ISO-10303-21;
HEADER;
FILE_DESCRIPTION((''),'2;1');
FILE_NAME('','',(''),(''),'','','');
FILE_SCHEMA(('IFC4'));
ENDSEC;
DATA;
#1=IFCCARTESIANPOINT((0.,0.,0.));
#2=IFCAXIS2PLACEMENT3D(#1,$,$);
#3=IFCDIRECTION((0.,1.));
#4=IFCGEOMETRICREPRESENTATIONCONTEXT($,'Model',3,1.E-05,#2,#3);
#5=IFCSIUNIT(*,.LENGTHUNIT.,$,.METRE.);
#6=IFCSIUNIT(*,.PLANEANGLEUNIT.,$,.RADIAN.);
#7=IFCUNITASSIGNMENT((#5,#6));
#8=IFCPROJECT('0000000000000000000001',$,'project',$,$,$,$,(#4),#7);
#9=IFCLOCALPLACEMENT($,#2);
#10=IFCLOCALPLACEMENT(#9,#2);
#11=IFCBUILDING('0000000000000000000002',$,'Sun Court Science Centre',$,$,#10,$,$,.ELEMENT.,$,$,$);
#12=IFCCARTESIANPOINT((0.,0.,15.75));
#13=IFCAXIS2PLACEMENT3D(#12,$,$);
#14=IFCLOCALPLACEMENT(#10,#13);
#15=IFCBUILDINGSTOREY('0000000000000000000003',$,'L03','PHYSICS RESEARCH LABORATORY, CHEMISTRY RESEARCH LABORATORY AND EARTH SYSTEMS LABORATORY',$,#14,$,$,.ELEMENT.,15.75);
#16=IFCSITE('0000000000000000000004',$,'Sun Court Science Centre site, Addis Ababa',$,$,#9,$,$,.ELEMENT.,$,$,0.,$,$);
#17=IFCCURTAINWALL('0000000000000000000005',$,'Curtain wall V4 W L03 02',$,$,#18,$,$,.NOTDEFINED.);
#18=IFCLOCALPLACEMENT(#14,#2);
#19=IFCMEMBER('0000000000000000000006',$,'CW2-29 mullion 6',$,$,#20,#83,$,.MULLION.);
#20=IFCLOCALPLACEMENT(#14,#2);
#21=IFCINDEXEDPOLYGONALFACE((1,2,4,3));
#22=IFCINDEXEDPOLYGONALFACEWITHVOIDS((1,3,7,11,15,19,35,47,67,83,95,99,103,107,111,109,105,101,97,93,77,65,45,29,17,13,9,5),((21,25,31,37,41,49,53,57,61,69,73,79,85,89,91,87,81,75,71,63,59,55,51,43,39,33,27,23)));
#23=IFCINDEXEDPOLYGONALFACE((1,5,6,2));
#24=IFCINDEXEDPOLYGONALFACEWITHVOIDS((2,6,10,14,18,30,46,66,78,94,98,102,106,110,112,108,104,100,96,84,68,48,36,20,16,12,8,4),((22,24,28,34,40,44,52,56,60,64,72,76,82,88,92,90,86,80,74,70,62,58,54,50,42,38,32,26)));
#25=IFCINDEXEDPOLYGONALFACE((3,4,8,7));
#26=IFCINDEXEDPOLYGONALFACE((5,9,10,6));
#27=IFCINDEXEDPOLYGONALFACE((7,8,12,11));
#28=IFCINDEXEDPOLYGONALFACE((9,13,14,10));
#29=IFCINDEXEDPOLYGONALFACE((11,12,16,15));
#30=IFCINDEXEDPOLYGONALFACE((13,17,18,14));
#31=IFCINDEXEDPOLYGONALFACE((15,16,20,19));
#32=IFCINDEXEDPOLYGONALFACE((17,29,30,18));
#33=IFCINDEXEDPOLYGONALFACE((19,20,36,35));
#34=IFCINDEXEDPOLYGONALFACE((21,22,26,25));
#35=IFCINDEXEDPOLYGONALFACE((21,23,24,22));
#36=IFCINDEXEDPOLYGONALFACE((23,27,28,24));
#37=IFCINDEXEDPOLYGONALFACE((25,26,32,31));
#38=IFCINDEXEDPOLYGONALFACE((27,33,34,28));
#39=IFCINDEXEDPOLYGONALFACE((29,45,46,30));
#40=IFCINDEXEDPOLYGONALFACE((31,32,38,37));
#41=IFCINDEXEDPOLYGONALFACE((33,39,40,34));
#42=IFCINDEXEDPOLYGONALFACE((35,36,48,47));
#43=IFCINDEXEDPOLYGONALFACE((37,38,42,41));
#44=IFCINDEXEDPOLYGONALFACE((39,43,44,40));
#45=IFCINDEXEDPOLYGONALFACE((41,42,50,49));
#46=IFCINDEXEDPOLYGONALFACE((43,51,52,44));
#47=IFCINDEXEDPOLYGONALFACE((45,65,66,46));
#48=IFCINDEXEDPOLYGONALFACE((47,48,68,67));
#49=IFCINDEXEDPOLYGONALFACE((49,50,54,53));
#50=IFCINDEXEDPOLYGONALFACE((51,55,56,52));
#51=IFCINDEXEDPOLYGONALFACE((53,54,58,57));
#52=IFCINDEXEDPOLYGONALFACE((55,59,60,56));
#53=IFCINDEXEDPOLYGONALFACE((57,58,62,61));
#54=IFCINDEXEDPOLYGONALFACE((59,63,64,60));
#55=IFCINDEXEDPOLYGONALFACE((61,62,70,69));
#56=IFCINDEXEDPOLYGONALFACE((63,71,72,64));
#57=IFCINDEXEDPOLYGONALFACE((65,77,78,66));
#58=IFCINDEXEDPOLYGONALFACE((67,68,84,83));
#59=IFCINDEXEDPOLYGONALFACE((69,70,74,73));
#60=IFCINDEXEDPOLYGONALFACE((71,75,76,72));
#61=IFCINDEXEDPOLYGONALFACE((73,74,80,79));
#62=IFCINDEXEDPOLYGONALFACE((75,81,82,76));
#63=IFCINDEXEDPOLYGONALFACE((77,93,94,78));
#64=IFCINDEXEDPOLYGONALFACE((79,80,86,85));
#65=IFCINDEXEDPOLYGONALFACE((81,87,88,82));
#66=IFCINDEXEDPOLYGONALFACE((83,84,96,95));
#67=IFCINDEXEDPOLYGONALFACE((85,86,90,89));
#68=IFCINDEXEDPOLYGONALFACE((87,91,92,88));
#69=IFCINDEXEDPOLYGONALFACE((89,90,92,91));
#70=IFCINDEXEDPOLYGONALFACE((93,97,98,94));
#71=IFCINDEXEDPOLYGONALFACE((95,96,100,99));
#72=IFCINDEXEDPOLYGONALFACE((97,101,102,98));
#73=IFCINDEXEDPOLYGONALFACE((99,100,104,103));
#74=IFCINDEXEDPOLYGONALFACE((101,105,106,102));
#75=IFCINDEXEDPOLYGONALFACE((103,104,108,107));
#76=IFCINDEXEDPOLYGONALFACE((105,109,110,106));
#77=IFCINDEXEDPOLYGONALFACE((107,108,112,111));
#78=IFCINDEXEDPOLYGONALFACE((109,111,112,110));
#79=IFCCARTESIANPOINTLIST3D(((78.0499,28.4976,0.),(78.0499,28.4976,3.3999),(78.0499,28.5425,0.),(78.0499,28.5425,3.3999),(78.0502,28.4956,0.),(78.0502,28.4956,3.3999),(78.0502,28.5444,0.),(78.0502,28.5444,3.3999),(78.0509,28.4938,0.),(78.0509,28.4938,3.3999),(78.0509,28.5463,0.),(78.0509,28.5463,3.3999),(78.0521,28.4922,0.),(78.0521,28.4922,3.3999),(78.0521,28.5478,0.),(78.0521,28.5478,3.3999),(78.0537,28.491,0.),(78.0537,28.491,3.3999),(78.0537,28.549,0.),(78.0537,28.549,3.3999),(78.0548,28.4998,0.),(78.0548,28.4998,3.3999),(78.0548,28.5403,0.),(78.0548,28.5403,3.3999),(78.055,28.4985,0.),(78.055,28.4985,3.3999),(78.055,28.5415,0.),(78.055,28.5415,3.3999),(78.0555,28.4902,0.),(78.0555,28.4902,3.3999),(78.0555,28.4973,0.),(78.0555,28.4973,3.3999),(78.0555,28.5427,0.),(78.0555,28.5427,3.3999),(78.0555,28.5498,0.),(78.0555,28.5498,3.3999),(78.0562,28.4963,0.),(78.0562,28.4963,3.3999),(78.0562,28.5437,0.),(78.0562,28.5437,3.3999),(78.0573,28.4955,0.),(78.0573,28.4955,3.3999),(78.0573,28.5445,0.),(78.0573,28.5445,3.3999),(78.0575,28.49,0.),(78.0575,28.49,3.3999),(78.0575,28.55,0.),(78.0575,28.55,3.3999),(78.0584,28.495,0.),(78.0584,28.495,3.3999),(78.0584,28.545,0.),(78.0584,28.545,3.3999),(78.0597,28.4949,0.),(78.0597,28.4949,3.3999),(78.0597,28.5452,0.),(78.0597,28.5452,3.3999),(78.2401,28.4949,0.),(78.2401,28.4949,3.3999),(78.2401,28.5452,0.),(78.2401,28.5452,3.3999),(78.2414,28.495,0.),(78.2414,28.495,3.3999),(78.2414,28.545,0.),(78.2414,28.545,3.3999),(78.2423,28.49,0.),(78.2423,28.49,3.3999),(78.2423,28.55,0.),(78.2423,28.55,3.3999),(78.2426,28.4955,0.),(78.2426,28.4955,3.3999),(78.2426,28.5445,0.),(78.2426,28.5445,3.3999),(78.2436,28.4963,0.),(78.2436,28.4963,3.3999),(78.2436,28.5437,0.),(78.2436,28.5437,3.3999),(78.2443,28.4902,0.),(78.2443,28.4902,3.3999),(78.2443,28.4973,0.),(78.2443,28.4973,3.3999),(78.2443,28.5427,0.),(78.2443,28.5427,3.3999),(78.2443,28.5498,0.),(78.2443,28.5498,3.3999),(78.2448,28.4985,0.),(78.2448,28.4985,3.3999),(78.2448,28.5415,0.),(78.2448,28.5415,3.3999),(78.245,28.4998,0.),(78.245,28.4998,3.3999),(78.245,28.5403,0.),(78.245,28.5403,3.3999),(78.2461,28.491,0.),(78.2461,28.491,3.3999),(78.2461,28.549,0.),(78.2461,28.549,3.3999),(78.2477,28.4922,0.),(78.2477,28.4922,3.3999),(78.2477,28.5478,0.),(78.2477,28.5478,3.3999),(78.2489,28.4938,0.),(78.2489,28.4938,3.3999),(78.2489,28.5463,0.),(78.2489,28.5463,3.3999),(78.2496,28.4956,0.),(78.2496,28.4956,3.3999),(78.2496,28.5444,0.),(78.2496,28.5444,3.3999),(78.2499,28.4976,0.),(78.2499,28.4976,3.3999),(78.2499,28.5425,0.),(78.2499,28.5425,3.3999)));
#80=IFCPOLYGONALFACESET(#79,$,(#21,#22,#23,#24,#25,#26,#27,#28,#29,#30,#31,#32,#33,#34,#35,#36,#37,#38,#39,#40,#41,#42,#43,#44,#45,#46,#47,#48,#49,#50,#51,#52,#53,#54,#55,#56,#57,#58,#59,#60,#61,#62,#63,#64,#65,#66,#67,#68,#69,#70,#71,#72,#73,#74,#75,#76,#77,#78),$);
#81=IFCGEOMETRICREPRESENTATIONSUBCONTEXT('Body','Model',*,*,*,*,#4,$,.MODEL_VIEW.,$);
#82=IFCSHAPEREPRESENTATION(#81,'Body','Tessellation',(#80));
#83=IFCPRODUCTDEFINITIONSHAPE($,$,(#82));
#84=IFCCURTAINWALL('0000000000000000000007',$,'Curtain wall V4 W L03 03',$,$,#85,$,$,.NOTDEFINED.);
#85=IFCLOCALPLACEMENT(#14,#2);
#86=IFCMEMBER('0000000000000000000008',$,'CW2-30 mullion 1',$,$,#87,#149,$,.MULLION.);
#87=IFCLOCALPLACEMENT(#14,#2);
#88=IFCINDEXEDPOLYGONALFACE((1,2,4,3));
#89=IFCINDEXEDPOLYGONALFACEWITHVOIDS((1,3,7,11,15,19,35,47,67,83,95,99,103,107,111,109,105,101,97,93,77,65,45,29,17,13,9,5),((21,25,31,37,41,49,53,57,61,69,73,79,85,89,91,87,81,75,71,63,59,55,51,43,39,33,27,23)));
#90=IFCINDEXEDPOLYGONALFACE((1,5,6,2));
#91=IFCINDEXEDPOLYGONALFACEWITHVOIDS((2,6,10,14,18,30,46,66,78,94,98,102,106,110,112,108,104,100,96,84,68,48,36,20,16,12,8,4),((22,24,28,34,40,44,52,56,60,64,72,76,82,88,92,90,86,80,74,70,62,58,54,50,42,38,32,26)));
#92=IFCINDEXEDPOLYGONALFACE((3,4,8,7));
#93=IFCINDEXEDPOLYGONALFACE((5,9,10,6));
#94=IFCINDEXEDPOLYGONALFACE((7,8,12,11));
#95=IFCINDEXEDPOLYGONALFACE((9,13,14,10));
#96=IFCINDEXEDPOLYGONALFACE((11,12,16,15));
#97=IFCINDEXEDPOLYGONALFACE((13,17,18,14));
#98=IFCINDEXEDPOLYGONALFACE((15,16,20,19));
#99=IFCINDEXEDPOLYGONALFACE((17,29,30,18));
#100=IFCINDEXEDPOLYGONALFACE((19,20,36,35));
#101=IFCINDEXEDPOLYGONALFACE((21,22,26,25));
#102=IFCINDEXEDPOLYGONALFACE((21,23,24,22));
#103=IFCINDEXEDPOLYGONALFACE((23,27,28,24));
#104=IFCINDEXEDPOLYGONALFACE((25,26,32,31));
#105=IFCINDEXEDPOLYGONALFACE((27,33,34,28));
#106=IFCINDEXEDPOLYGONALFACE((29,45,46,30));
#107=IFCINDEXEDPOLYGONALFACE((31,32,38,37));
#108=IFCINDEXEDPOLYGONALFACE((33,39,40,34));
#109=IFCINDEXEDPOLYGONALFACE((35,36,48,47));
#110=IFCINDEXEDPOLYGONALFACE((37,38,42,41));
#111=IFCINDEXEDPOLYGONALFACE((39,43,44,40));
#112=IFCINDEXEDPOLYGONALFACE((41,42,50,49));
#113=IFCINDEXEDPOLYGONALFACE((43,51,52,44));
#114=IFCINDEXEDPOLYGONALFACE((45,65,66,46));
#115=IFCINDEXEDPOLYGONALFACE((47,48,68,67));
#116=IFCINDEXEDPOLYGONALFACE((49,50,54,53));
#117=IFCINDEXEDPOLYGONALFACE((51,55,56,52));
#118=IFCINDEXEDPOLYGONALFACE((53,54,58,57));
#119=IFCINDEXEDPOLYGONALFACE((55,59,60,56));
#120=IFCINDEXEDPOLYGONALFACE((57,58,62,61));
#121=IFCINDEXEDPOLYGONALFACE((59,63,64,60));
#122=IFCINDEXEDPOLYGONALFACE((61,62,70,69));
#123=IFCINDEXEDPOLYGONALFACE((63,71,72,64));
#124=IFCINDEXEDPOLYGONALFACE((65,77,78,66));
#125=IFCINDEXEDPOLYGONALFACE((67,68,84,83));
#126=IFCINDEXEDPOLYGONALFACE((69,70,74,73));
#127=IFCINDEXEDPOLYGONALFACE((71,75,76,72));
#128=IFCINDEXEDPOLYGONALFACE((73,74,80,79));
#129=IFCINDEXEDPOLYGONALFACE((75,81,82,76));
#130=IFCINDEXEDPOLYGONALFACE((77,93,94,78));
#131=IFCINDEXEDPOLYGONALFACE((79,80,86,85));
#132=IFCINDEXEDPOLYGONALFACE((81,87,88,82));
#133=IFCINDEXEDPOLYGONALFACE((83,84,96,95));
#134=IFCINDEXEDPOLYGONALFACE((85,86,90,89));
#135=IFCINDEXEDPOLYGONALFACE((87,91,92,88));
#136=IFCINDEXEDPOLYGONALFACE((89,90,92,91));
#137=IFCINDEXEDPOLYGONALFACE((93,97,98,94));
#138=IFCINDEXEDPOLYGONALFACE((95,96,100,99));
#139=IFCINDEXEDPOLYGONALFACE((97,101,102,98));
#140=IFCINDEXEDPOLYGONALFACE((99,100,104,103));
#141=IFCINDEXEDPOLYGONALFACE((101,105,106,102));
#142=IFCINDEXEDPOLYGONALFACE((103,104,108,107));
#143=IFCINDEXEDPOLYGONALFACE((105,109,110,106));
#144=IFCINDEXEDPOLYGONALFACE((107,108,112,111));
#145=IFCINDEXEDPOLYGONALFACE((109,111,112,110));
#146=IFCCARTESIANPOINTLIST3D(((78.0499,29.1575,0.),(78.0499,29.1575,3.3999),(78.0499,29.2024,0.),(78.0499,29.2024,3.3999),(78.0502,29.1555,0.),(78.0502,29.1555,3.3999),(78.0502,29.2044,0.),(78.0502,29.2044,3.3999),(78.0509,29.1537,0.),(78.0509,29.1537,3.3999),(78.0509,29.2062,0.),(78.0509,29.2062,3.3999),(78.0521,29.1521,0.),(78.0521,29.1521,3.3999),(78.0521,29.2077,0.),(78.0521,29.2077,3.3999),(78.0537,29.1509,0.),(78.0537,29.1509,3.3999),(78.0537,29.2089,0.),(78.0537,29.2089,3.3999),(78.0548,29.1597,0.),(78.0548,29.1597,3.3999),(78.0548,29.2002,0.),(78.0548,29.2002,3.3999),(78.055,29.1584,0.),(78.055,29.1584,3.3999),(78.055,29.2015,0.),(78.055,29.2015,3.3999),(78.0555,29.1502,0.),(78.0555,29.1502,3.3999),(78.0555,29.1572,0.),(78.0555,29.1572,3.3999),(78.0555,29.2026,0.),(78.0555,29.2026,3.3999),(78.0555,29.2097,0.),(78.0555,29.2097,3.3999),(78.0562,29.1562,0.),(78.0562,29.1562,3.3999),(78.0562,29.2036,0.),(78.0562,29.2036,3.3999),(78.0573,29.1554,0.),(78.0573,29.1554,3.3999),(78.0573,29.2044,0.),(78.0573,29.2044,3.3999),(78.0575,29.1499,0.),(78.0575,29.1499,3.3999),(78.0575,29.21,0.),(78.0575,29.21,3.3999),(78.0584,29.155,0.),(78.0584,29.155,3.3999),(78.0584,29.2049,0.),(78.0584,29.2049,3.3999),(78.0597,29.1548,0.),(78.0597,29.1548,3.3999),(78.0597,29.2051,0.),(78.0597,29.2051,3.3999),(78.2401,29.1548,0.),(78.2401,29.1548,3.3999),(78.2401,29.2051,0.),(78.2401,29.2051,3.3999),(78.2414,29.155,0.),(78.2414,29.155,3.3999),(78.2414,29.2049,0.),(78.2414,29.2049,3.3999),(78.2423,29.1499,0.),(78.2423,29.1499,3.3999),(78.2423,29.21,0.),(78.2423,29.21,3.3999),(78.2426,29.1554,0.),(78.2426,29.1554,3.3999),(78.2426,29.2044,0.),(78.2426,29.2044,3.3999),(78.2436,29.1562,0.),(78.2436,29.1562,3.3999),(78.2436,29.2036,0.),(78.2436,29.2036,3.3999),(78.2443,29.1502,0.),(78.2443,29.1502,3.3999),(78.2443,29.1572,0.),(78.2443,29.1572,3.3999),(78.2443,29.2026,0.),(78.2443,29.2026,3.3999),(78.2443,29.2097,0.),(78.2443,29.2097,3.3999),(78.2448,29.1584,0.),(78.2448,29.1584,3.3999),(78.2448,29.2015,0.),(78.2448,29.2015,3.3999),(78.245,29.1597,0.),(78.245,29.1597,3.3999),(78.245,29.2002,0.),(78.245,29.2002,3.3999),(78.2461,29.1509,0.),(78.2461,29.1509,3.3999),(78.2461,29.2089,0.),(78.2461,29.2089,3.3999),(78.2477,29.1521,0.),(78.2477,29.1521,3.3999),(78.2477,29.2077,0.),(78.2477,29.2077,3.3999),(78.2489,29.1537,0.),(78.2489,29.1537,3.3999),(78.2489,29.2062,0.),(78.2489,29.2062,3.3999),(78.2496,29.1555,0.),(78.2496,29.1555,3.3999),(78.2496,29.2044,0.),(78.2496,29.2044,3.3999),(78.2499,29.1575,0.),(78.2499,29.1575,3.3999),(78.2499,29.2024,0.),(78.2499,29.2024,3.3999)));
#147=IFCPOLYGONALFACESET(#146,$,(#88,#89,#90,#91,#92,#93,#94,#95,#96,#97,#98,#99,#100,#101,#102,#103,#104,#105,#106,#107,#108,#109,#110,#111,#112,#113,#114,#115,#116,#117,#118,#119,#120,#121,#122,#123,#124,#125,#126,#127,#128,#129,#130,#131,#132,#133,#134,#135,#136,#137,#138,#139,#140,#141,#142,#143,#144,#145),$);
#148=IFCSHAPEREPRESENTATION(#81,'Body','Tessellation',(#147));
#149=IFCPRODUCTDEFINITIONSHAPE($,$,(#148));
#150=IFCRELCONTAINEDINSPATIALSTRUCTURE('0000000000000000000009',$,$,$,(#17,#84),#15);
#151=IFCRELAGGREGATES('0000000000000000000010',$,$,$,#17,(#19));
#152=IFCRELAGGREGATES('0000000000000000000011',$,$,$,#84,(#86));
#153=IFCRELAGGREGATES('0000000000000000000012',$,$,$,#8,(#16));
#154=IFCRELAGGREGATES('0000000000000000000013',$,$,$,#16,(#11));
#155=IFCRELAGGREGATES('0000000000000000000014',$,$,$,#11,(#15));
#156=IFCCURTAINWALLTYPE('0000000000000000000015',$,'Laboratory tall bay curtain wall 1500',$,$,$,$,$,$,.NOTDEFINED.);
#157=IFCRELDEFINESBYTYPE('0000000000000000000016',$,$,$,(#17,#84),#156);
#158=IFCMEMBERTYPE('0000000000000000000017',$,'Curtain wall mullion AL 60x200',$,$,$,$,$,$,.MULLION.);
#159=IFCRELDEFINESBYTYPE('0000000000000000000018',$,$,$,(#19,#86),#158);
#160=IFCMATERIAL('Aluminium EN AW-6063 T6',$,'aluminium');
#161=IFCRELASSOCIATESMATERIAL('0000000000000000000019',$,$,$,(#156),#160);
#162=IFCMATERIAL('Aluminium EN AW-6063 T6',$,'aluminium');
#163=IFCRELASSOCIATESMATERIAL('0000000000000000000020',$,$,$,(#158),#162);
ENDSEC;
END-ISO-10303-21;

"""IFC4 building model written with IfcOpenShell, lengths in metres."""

from ifc_helpers import new_model, si_unit, direction, frame, origin, origin_2d, place, context, subcontext, project, spatial, hollow_rectangle, extrude, material, material_profile, profile_set, type_object, element, aggregate, save


model = new_model("IFC4")

# Units and contexts
model_context = context("Model", 3, precision=1e-05, world=origin(), true_north=direction((0.0, 1.0)))
body_context = subcontext(model_context, "Body", "Model", "MODEL_VIEW")
ifc_project = project(units=[si_unit("LENGTHUNIT", "METRE"), si_unit("PLANEANGLEUNIT", "RADIAN")], contexts=[model_context])

# Site, building, storey
site_placement = place(None, origin())
site = spatial("IfcSite", under=ifc_project, at=site_placement, Name="Sun Court Science Centre site, Addis Ababa", CompositionType="ELEMENT", RefElevation=0.0)
building_placement = place(site_placement, origin())
building = spatial("IfcBuilding", under=site, at=building_placement, Name="Sun Court Science Centre", CompositionType="ELEMENT")
storey_placement = place(building_placement, frame((0.0, 0.0, 15.75)))
storey = spatial("IfcBuildingStorey", under=building, at=storey_placement, Name="L03", Description="PHYSICS RESEARCH LABORATORY, CHEMISTRY RESEARCH LABORATORY AND EARTH SYSTEMS LABORATORY", CompositionType="ELEMENT", Elevation=15.75)

# Curtain walls, members
ifc_material_1 = material(Name="Aluminium EN AW-6063 T6", Category="aluminium")
curtain_wall_type = type_object("IfcCurtainWallType", Name="Laboratory tall bay curtain wall 1500", PredefinedType="NOTDEFINED", material=ifc_material_1)
curtain_wall_1_placement = place(storey_placement, origin())
curtain_wall_1 = element("IfcCurtainWall", 1, at=curtain_wall_1_placement, inside=storey, type_object=curtain_wall_type, Name="Curtain wall V4 W L03 02", PredefinedType="NOTDEFINED")
ifc_material_2 = material(Name="Aluminium EN AW-6063 T6", Category="aluminium")
ifc_material_profile_1 = material_profile(ifc_material_2, hollow_rectangle(XDim=0.0601, YDim=0.2, WallThickness=0.0049, InnerFilletRadius=0.0049, OuterFilletRadius=0.0076, at=origin_2d()), Name="AL 60x200x5")
ifc_profile_set_1 = profile_set([ifc_material_profile_1], Name="Aluminium EN AW-6063 T6")
member_type_1 = type_object("IfcMemberType", Name="Curtain wall mullion AL 60x200", PredefinedType="MULLION", material=ifc_profile_set_1)
member_1_placement = place(storey_placement, frame((78.1499, 28.52, 0.0), z_axis=(0.0, 0.0, 1.0), x_axis=(0.0, 1.0, 0.0)))
member_1 = element("IfcMember", 2, at=member_1_placement, type_object=member_type_1, Name="CW2-29 mullion 6", PredefinedType="MULLION", context=body_context, shape_type="SweptSolid", body=[
    extrude(hollow_rectangle(XDim=0.0601, YDim=0.2, WallThickness=0.0049, InnerFilletRadius=0.0049, OuterFilletRadius=0.0076, at=origin_2d()), origin(), (0.0, 0.0, 1.0), 3.3999),
])
curtain_wall_2_placement = place(storey_placement, origin())
curtain_wall_2 = element("IfcCurtainWall", 3, at=curtain_wall_2_placement, inside=storey, type_object=curtain_wall_type, Name="Curtain wall V4 W L03 03", PredefinedType="NOTDEFINED")
member_2_placement = place(storey_placement, frame((78.1499, 29.1799, 0.0), z_axis=(0.0, 0.0, 1.0), x_axis=(0.0, 1.0, 0.0)))
member_2 = element("IfcMember", 4, at=member_2_placement, type_object=member_type_1, Name="CW2-30 mullion 1", PredefinedType="MULLION", context=body_context, shape_type="SweptSolid", body=[
    extrude(hollow_rectangle(XDim=0.0601, YDim=0.2, WallThickness=0.0049, InnerFilletRadius=0.0049, OuterFilletRadius=0.0076, at=origin_2d()), origin(), (0.0, 0.0, 1.0), 3.3999),
])

aggregate(curtain_wall_1, [member_1])
aggregate(curtain_wall_2, [member_2])

save(model, "model.ifc")
